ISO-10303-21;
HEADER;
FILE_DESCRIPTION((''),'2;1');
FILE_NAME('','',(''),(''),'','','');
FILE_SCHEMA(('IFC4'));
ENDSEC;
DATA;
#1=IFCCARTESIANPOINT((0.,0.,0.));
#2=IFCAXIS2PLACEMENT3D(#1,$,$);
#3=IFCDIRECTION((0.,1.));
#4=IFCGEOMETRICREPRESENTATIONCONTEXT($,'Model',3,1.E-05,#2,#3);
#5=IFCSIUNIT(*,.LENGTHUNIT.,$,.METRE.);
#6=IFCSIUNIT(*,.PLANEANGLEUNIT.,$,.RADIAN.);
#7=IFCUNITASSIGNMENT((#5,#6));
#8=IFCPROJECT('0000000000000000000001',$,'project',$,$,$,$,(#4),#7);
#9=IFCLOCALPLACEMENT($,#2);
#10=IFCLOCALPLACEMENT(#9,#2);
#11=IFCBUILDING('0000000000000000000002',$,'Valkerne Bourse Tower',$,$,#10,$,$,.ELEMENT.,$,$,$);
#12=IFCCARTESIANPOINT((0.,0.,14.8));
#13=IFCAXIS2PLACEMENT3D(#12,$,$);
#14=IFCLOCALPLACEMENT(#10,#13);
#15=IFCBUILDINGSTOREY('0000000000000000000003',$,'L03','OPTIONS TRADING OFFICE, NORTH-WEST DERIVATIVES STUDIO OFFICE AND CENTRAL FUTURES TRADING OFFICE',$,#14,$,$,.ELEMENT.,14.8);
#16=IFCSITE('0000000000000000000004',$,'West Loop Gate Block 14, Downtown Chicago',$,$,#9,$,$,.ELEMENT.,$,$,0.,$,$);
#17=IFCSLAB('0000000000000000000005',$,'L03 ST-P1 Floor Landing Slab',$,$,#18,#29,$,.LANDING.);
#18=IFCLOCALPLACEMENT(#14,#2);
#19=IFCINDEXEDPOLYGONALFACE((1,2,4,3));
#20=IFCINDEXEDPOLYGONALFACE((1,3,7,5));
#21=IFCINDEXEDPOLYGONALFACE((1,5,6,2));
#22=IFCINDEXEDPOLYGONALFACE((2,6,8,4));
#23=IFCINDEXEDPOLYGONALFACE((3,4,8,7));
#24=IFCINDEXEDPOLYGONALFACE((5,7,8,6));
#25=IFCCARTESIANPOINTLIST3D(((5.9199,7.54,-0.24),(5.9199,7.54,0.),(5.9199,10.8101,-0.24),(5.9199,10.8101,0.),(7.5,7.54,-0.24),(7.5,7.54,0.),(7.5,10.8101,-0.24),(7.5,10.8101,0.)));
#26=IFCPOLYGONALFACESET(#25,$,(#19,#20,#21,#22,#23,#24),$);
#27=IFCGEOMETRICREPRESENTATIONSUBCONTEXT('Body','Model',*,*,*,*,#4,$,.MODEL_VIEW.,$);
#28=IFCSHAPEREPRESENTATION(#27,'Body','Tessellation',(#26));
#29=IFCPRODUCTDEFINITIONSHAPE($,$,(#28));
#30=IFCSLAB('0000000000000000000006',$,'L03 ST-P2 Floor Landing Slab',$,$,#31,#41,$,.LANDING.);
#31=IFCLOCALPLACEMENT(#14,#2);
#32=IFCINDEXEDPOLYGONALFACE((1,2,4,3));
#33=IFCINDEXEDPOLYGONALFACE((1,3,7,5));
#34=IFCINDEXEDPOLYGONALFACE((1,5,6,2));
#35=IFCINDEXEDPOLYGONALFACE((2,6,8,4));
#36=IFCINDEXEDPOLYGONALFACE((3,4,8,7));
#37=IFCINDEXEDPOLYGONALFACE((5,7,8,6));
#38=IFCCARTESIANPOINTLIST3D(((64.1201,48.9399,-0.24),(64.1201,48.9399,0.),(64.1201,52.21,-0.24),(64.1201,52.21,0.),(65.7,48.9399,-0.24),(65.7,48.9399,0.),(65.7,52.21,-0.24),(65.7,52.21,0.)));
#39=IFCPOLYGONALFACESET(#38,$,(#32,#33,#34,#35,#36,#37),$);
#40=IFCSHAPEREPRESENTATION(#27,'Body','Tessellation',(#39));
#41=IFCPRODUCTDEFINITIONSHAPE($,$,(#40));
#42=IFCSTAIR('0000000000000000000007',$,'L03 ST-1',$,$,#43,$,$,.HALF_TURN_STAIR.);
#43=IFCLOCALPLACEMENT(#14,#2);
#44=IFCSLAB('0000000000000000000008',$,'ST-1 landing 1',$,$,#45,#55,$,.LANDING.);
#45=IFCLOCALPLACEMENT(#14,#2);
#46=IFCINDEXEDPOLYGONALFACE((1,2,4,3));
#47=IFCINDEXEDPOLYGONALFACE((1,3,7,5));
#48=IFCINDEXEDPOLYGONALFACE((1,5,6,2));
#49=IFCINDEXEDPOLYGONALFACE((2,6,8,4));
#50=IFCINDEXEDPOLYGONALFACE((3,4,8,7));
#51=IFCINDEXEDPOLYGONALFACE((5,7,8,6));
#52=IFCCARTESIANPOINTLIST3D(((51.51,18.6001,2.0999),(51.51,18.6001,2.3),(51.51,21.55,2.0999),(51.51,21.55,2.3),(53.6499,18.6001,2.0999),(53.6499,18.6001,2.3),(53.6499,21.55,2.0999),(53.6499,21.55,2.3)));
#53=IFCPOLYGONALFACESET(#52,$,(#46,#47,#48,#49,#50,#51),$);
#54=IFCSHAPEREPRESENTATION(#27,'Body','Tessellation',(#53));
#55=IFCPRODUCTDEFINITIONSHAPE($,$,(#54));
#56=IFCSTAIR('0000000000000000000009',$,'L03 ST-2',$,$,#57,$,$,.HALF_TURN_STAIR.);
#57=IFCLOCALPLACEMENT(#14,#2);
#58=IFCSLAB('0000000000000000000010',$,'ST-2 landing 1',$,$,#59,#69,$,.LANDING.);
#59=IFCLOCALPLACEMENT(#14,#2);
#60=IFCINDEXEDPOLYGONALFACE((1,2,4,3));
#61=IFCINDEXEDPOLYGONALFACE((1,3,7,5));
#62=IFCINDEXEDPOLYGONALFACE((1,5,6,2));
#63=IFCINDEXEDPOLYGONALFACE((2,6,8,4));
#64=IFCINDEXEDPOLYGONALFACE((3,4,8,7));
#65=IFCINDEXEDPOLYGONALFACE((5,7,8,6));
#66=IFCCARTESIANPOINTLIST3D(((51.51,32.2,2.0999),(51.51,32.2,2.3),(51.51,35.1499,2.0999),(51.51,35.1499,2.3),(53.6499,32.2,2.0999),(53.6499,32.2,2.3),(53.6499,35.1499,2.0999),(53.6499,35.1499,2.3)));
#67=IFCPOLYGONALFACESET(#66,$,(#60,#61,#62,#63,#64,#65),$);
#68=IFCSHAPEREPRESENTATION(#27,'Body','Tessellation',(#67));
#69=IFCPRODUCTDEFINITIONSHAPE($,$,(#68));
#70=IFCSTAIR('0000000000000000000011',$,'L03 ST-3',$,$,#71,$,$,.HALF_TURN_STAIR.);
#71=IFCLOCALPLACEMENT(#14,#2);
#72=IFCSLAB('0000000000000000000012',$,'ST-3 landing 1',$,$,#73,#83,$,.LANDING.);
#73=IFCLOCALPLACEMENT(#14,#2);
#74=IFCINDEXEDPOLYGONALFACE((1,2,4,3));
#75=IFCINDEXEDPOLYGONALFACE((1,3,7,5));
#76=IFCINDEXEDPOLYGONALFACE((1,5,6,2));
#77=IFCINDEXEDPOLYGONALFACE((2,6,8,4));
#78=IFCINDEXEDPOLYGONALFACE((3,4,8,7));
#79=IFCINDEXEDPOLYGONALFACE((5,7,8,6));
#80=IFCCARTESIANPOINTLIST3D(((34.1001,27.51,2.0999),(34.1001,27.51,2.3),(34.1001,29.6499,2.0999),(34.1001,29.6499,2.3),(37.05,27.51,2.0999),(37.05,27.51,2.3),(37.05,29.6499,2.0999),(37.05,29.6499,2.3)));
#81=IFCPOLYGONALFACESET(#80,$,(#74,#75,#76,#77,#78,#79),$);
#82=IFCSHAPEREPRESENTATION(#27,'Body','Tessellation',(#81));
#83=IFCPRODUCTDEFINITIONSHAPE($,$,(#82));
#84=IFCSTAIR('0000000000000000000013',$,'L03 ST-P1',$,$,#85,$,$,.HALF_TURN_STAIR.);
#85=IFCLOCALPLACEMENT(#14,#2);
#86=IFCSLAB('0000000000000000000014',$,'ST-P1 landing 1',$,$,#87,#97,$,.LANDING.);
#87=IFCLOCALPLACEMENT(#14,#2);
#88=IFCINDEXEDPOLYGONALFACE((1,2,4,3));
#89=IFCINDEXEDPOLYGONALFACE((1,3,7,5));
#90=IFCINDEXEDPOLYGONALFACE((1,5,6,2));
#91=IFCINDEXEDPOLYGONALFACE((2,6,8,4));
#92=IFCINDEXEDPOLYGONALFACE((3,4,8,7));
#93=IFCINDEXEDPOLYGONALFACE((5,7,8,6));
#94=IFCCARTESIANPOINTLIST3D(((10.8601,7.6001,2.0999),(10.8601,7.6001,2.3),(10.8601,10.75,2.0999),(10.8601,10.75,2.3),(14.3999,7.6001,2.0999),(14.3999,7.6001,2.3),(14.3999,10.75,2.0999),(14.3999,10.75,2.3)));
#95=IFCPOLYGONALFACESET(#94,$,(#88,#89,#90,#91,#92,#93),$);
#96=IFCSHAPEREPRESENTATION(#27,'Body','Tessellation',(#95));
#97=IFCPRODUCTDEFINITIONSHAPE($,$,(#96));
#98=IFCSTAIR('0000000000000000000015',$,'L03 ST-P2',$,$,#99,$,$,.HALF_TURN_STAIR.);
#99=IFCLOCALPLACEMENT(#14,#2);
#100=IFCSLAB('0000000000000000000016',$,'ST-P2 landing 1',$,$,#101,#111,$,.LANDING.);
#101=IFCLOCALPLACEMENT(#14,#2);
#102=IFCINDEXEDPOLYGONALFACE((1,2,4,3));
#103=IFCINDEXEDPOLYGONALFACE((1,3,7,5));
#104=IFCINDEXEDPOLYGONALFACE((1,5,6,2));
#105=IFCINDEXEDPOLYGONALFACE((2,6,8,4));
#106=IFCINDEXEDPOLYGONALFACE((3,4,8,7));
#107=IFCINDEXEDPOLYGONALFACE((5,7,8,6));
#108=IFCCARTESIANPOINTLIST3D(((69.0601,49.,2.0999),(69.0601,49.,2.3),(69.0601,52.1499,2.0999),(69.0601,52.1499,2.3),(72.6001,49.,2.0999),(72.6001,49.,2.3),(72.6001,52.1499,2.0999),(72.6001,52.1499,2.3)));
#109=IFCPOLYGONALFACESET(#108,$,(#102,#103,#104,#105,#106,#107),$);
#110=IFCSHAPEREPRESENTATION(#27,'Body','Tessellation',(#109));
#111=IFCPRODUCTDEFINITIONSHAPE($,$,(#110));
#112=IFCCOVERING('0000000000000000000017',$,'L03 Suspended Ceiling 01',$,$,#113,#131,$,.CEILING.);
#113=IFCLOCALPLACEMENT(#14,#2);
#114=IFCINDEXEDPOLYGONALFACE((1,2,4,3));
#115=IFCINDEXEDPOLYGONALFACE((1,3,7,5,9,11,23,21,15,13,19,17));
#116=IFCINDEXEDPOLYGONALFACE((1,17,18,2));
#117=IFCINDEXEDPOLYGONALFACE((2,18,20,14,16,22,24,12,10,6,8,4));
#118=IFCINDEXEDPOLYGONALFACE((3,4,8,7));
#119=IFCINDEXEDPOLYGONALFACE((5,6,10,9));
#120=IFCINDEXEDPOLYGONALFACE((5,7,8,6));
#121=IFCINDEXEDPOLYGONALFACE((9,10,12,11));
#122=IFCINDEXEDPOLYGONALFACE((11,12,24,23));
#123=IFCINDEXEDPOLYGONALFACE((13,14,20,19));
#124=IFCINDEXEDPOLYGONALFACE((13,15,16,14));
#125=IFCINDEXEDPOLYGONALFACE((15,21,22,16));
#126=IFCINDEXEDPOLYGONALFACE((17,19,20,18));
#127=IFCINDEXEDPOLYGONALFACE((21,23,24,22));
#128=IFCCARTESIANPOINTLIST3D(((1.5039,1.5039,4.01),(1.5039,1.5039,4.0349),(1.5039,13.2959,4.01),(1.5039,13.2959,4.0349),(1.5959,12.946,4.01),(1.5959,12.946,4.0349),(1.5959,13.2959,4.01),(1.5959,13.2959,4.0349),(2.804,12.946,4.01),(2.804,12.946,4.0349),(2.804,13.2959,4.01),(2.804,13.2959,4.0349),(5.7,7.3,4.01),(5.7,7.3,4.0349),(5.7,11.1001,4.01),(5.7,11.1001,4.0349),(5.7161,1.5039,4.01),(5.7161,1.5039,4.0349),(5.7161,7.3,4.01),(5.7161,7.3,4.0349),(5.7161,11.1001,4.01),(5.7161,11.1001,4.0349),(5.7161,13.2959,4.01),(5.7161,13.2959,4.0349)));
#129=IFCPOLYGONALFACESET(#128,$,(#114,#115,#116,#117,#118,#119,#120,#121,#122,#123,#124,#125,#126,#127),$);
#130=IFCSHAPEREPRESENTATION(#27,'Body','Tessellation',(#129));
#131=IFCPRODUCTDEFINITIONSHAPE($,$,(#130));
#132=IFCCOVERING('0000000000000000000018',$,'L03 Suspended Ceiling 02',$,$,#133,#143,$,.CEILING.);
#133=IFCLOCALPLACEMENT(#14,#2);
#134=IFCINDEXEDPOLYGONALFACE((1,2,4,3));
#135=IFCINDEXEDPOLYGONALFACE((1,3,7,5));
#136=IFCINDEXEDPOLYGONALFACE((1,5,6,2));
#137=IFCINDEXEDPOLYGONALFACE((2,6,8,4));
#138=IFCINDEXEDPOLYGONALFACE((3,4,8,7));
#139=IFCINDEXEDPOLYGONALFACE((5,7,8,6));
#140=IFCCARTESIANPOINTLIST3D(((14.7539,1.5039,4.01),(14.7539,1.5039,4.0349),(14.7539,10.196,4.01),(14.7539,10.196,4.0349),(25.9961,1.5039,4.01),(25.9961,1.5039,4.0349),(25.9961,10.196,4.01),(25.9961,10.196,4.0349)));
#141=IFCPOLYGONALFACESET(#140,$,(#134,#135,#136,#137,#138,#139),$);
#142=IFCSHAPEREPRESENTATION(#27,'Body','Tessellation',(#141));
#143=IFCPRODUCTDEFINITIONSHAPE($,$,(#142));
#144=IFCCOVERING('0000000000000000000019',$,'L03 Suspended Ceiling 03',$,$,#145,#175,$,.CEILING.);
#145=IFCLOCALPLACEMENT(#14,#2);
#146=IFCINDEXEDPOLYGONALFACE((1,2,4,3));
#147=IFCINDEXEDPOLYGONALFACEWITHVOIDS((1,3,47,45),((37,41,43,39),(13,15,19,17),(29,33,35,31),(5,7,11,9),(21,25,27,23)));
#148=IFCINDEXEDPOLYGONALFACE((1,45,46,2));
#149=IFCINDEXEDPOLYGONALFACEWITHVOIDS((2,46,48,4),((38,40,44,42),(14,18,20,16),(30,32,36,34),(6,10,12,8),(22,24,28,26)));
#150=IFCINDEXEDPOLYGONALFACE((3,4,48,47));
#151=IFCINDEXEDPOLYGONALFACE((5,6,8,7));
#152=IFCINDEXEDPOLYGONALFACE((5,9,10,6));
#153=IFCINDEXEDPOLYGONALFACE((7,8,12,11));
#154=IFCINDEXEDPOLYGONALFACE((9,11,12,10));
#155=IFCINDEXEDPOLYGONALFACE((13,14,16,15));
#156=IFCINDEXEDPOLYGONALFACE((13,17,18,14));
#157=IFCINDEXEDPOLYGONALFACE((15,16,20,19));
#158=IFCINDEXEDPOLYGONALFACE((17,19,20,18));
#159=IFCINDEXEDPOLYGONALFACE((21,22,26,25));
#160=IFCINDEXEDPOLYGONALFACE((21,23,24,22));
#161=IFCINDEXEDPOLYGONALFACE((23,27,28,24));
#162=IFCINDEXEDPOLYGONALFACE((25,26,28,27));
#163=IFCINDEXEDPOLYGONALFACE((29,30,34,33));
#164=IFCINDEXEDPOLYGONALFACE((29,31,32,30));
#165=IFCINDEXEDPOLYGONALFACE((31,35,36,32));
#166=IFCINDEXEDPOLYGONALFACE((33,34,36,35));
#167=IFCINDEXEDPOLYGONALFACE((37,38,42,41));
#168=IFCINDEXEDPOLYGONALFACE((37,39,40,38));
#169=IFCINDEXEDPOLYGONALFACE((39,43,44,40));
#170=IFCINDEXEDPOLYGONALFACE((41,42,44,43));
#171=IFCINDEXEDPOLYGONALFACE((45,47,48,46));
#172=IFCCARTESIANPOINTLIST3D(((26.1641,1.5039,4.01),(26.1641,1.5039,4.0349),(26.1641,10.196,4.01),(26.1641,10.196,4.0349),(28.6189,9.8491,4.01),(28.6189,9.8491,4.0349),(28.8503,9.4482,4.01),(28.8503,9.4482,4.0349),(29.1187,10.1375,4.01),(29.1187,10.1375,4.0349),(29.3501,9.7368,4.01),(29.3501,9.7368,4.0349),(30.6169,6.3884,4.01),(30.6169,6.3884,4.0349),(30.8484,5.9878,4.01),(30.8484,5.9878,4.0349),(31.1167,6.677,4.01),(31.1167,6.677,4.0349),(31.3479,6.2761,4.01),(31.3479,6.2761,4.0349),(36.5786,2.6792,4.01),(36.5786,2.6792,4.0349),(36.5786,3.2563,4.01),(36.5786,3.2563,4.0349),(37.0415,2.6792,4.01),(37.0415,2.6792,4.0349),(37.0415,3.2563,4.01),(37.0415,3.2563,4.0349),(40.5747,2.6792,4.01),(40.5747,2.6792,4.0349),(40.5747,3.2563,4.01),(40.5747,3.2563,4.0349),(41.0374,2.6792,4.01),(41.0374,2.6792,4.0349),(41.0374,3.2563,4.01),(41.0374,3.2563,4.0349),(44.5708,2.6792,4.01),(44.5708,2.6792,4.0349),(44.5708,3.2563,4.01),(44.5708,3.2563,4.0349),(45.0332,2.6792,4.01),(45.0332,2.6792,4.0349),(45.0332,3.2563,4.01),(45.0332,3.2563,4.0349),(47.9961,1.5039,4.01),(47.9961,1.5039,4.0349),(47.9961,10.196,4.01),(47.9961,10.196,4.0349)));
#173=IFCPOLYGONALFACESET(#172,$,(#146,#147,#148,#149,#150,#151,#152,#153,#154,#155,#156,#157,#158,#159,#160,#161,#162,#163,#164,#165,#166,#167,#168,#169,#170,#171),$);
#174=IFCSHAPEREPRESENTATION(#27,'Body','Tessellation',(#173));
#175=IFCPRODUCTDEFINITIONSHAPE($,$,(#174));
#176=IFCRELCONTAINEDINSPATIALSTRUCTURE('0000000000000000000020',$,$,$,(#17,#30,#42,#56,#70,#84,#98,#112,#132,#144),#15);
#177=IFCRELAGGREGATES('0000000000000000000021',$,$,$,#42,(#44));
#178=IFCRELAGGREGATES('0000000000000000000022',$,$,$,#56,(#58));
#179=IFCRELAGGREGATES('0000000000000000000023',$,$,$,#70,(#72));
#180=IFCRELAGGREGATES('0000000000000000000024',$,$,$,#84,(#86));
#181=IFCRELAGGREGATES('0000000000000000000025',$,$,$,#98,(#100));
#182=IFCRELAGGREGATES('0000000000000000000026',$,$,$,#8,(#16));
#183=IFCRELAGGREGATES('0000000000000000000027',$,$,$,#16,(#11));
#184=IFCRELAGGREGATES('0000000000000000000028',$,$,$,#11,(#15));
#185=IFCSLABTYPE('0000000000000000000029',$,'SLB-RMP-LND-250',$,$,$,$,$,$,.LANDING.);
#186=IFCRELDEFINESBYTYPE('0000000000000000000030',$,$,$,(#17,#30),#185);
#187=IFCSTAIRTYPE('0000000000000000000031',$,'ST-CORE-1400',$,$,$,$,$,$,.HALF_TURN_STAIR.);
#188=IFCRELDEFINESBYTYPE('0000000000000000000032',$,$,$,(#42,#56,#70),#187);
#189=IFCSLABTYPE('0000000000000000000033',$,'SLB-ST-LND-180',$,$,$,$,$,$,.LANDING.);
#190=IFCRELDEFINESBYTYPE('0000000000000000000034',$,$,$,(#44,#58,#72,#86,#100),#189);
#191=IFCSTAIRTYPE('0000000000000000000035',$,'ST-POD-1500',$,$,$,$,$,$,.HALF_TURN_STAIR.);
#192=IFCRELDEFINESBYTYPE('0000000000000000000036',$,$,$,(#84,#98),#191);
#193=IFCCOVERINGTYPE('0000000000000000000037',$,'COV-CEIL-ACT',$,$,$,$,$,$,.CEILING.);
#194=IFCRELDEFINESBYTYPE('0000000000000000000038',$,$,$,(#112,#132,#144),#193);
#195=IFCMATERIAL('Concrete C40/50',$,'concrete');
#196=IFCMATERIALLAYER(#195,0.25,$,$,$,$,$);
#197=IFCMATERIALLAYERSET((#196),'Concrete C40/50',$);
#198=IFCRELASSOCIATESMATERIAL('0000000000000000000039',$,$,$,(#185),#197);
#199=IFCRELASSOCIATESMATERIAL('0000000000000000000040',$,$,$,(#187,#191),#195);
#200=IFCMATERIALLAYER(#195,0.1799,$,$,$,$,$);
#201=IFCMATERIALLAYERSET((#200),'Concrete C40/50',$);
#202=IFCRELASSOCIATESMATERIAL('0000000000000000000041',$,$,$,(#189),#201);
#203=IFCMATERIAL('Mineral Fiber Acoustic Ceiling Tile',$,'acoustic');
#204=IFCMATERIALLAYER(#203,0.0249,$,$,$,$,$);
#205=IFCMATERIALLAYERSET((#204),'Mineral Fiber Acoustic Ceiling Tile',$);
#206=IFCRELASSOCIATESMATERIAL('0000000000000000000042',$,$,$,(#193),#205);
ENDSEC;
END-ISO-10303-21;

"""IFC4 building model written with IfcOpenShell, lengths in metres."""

from ifc_helpers import new_model, si_unit, direction, frame, origin, place, context, subcontext, project, spatial, polyline, outline, extrude, material, layer, layer_set, type_object, element, aggregate, save


model = new_model("IFC4")

# Units and contexts
model_context = context("Model", 3, precision=1e-05, world=origin(), true_north=direction((0.0, 1.0)))
body_context = subcontext(model_context, "Body", "Model", "MODEL_VIEW")
ifc_project = project(units=[si_unit("LENGTHUNIT", "METRE"), si_unit("PLANEANGLEUNIT", "RADIAN")], contexts=[model_context])

# Site, building, storey
site_placement = place(None, origin())
site = spatial("IfcSite", under=ifc_project, at=site_placement, Name="West Loop Gate Block 14, Downtown Chicago", CompositionType="ELEMENT", RefElevation=0.0)
building_placement = place(site_placement, origin())
building = spatial("IfcBuilding", under=site, at=building_placement, Name="Valkerne Bourse Tower", CompositionType="ELEMENT")
storey_placement = place(building_placement, frame((0.0, 0.0, 14.8)))
storey = spatial("IfcBuildingStorey", under=building, at=storey_placement, Name="L03", Description="OPTIONS TRADING OFFICE, NORTH-WEST DERIVATIVES STUDIO OFFICE AND CENTRAL FUTURES TRADING OFFICE", CompositionType="ELEMENT", Elevation=14.8)

# Slabs
ifc_material_1 = material(Name="Concrete C40/50", Category="concrete")
ifc_layer_1 = layer(ifc_material_1, 0.25)
ifc_layer_set_1 = layer_set([ifc_layer_1], Name="Concrete C40/50")
slab_type_1 = type_object("IfcSlabType", Name="SLB-RMP-LND-250", PredefinedType="LANDING", material=ifc_layer_set_1)
slab_1_placement = place(storey_placement, frame((0.0, 0.0, -0.24)))
element("IfcSlab", 1, at=slab_1_placement, inside=storey, type_object=slab_type_1, Name="L03 ST-P1 Floor Landing Slab", PredefinedType="LANDING", context=body_context, shape_type="SweptSolid", body=[
    extrude(outline(polyline([(5.9199, 7.54), (7.5, 7.54), (7.5, 10.8101), (5.9199, 10.8101), (5.9199, 7.54)])), origin(), (0.0, 0.0, 1.0), 0.24),
])
slab_2_placement = place(storey_placement, frame((0.0, 0.0, -0.24)))
element("IfcSlab", 2, at=slab_2_placement, inside=storey, type_object=slab_type_1, Name="L03 ST-P2 Floor Landing Slab", PredefinedType="LANDING", context=body_context, shape_type="SweptSolid", body=[
    extrude(outline(polyline([(64.1201, 48.9399), (65.7, 48.9399), (65.7, 52.21), (64.1201, 52.21), (64.1201, 48.9399)])), origin(), (0.0, 0.0, 1.0), 0.24),
])

# Stairs, slabs
stair_type_1 = type_object("IfcStairType", Name="ST-CORE-1400", PredefinedType="HALF_TURN_STAIR", material=ifc_material_1)
stair_1_placement = place(storey_placement, origin())
stair_1 = element("IfcStair", 3, at=stair_1_placement, inside=storey, type_object=stair_type_1, Name="L03 ST-1", PredefinedType="HALF_TURN_STAIR")
ifc_layer_2 = layer(ifc_material_1, 0.1799)
ifc_layer_set_2 = layer_set([ifc_layer_2], Name="Concrete C40/50")
slab_type_2 = type_object("IfcSlabType", Name="SLB-ST-LND-180", PredefinedType="LANDING", material=ifc_layer_set_2)
slab_3_placement = place(storey_placement, frame((0.0, 0.0, 2.0999)))
slab_3 = element("IfcSlab", 4, at=slab_3_placement, type_object=slab_type_2, Name="ST-1 landing 1", PredefinedType="LANDING", context=body_context, shape_type="SweptSolid", body=[
    extrude(outline(polyline([(51.51, 18.6001), (53.6499, 18.6001), (53.6499, 21.55), (51.51, 21.55), (51.51, 18.6001)])), origin(), (0.0, 0.0, 1.0), 0.2002),
])
aggregate(stair_1, [slab_3])
stair_2_placement = place(storey_placement, origin())
stair_2 = element("IfcStair", 5, at=stair_2_placement, inside=storey, type_object=stair_type_1, Name="L03 ST-2", PredefinedType="HALF_TURN_STAIR")
slab_4_placement = place(storey_placement, frame((0.0, 0.0, 2.0999)))
slab_4 = element("IfcSlab", 6, at=slab_4_placement, type_object=slab_type_2, Name="ST-2 landing 1", PredefinedType="LANDING", context=body_context, shape_type="SweptSolid", body=[
    extrude(outline(polyline([(51.51, 32.2), (53.6499, 32.2), (53.6499, 35.1499), (51.51, 35.1499), (51.51, 32.2)])), origin(), (0.0, 0.0, 1.0), 0.2002),
])
aggregate(stair_2, [slab_4])
stair_3_placement = place(storey_placement, origin())
stair_3 = element("IfcStair", 7, at=stair_3_placement, inside=storey, type_object=stair_type_1, Name="L03 ST-3", PredefinedType="HALF_TURN_STAIR")
slab_5_placement = place(storey_placement, frame((0.0, 0.0, 2.0999)))
slab_5 = element("IfcSlab", 8, at=slab_5_placement, type_object=slab_type_2, Name="ST-3 landing 1", PredefinedType="LANDING", context=body_context, shape_type="SweptSolid", body=[
    extrude(outline(polyline([(37.05, 27.51), (37.05, 29.6499), (34.1001, 29.6499), (34.1001, 27.51), (37.05, 27.51)])), origin(), (0.0, 0.0, 1.0), 0.2002),
])
aggregate(stair_3, [slab_5])
stair_type_2 = type_object("IfcStairType", Name="ST-POD-1500", PredefinedType="HALF_TURN_STAIR", material=ifc_material_1)
stair_4_placement = place(storey_placement, origin())
stair_4 = element("IfcStair", 9, at=stair_4_placement, inside=storey, type_object=stair_type_2, Name="L03 ST-P1", PredefinedType="HALF_TURN_STAIR")
slab_6_placement = place(storey_placement, frame((0.0, 0.0, 2.0999)))
slab_6 = element("IfcSlab", 10, at=slab_6_placement, type_object=slab_type_2, Name="ST-P1 landing 1", PredefinedType="LANDING", context=body_context, shape_type="SweptSolid", body=[
    extrude(outline(polyline([(10.8601, 7.6001), (14.3999, 7.6001), (14.3999, 10.75), (10.8601, 10.75), (10.8601, 7.6001)])), origin(), (0.0, 0.0, 1.0), 0.2002),
])
aggregate(stair_4, [slab_6])
stair_5_placement = place(storey_placement, origin())
stair_5 = element("IfcStair", 11, at=stair_5_placement, inside=storey, type_object=stair_type_2, Name="L03 ST-P2", PredefinedType="HALF_TURN_STAIR")
slab_7_placement = place(storey_placement, frame((0.0, 0.0, 2.0999)))
slab_7 = element("IfcSlab", 12, at=slab_7_placement, type_object=slab_type_2, Name="ST-P2 landing 1", PredefinedType="LANDING", context=body_context, shape_type="SweptSolid", body=[
    extrude(outline(polyline([(69.0601, 49.0), (72.6001, 49.0), (72.6001, 52.1499), (69.0601, 52.1499), (69.0601, 49.0)])), origin(), (0.0, 0.0, 1.0), 0.2002),
])
aggregate(stair_5, [slab_7])

# Coverings
ifc_material_2 = material(Name="Mineral Fiber Acoustic Ceiling Tile", Category="acoustic")
ifc_layer_3 = layer(ifc_material_2, 0.0249)
ifc_layer_set_3 = layer_set([ifc_layer_3], Name="Mineral Fiber Acoustic Ceiling Tile")
covering_type_1 = type_object("IfcCoveringType", Name="COV-CEIL-ACT", PredefinedType="CEILING", material=ifc_layer_set_3)
covering_1_placement = place(storey_placement, frame((0.0, 0.0, 4.01)))
element("IfcCovering", 13, at=covering_1_placement, inside=storey, type_object=covering_type_1, Name="L03 Suspended Ceiling 01", PredefinedType="CEILING", context=body_context, shape_type="SweptSolid", body=[
    extrude(outline(polyline([(1.5039, 13.2959), (1.5959, 13.2959), (1.5959, 12.946), (2.804, 12.946), (2.804, 13.2959), (5.7161, 13.2959), (5.7161, 11.1001), (5.7, 11.1001), (5.7, 7.3), (5.7161, 7.3), (5.7161, 1.5039), (1.5039, 1.5039), (1.5039, 13.2959)])), origin(), (0.0, 0.0, 1.0), 0.0249),
])
covering_2_placement = place(storey_placement, frame((0.0, 0.0, 4.01)))
element("IfcCovering", 14, at=covering_2_placement, inside=storey, type_object=covering_type_1, Name="L03 Suspended Ceiling 02", PredefinedType="CEILING", context=body_context, shape_type="SweptSolid", body=[
    extrude(outline(polyline([(14.7539, 10.196), (25.9961, 10.196), (25.9961, 1.5039), (14.7539, 1.5039), (14.7539, 10.196)])), origin(), (0.0, 0.0, 1.0), 0.0249),
])
covering_3_placement = place(storey_placement, frame((0.0, 0.0, 4.01)))
element("IfcCovering", 15, at=covering_3_placement, inside=storey, type_object=covering_type_1, Name="L03 Suspended Ceiling 03", PredefinedType="CEILING", context=body_context, shape_type="SweptSolid", body=[
    extrude(outline(polyline([(26.1641, 10.196), (47.9961, 10.196), (47.9961, 1.5039), (26.1641, 1.5039), (26.1641, 10.196)]), holes=[polyline([(28.6189, 9.8491), (28.8503, 9.4482), (29.3501, 9.7368), (29.1187, 10.1375), (28.6189, 9.8491)]), polyline([(37.0415, 3.2563), (36.5786, 3.2563), (36.5786, 2.6792), (37.0415, 2.6792), (37.0415, 3.2563)]), polyline([(45.0332, 3.2563), (44.5708, 3.2563), (44.5708, 2.6792), (45.0332, 2.6792), (45.0332, 3.2563)]), polyline([(40.5747, 3.2563), (40.5747, 2.6792), (41.0374, 2.6792), (41.0374, 3.2563), (40.5747, 3.2563)]), polyline([(31.1167, 6.677), (30.6169, 6.3884), (30.8484, 5.9878), (31.3479, 6.2761), (31.1167, 6.677)])]), origin(), (0.0, 0.0, 1.0), 0.0249),
])

save(model, "model.ifc")
